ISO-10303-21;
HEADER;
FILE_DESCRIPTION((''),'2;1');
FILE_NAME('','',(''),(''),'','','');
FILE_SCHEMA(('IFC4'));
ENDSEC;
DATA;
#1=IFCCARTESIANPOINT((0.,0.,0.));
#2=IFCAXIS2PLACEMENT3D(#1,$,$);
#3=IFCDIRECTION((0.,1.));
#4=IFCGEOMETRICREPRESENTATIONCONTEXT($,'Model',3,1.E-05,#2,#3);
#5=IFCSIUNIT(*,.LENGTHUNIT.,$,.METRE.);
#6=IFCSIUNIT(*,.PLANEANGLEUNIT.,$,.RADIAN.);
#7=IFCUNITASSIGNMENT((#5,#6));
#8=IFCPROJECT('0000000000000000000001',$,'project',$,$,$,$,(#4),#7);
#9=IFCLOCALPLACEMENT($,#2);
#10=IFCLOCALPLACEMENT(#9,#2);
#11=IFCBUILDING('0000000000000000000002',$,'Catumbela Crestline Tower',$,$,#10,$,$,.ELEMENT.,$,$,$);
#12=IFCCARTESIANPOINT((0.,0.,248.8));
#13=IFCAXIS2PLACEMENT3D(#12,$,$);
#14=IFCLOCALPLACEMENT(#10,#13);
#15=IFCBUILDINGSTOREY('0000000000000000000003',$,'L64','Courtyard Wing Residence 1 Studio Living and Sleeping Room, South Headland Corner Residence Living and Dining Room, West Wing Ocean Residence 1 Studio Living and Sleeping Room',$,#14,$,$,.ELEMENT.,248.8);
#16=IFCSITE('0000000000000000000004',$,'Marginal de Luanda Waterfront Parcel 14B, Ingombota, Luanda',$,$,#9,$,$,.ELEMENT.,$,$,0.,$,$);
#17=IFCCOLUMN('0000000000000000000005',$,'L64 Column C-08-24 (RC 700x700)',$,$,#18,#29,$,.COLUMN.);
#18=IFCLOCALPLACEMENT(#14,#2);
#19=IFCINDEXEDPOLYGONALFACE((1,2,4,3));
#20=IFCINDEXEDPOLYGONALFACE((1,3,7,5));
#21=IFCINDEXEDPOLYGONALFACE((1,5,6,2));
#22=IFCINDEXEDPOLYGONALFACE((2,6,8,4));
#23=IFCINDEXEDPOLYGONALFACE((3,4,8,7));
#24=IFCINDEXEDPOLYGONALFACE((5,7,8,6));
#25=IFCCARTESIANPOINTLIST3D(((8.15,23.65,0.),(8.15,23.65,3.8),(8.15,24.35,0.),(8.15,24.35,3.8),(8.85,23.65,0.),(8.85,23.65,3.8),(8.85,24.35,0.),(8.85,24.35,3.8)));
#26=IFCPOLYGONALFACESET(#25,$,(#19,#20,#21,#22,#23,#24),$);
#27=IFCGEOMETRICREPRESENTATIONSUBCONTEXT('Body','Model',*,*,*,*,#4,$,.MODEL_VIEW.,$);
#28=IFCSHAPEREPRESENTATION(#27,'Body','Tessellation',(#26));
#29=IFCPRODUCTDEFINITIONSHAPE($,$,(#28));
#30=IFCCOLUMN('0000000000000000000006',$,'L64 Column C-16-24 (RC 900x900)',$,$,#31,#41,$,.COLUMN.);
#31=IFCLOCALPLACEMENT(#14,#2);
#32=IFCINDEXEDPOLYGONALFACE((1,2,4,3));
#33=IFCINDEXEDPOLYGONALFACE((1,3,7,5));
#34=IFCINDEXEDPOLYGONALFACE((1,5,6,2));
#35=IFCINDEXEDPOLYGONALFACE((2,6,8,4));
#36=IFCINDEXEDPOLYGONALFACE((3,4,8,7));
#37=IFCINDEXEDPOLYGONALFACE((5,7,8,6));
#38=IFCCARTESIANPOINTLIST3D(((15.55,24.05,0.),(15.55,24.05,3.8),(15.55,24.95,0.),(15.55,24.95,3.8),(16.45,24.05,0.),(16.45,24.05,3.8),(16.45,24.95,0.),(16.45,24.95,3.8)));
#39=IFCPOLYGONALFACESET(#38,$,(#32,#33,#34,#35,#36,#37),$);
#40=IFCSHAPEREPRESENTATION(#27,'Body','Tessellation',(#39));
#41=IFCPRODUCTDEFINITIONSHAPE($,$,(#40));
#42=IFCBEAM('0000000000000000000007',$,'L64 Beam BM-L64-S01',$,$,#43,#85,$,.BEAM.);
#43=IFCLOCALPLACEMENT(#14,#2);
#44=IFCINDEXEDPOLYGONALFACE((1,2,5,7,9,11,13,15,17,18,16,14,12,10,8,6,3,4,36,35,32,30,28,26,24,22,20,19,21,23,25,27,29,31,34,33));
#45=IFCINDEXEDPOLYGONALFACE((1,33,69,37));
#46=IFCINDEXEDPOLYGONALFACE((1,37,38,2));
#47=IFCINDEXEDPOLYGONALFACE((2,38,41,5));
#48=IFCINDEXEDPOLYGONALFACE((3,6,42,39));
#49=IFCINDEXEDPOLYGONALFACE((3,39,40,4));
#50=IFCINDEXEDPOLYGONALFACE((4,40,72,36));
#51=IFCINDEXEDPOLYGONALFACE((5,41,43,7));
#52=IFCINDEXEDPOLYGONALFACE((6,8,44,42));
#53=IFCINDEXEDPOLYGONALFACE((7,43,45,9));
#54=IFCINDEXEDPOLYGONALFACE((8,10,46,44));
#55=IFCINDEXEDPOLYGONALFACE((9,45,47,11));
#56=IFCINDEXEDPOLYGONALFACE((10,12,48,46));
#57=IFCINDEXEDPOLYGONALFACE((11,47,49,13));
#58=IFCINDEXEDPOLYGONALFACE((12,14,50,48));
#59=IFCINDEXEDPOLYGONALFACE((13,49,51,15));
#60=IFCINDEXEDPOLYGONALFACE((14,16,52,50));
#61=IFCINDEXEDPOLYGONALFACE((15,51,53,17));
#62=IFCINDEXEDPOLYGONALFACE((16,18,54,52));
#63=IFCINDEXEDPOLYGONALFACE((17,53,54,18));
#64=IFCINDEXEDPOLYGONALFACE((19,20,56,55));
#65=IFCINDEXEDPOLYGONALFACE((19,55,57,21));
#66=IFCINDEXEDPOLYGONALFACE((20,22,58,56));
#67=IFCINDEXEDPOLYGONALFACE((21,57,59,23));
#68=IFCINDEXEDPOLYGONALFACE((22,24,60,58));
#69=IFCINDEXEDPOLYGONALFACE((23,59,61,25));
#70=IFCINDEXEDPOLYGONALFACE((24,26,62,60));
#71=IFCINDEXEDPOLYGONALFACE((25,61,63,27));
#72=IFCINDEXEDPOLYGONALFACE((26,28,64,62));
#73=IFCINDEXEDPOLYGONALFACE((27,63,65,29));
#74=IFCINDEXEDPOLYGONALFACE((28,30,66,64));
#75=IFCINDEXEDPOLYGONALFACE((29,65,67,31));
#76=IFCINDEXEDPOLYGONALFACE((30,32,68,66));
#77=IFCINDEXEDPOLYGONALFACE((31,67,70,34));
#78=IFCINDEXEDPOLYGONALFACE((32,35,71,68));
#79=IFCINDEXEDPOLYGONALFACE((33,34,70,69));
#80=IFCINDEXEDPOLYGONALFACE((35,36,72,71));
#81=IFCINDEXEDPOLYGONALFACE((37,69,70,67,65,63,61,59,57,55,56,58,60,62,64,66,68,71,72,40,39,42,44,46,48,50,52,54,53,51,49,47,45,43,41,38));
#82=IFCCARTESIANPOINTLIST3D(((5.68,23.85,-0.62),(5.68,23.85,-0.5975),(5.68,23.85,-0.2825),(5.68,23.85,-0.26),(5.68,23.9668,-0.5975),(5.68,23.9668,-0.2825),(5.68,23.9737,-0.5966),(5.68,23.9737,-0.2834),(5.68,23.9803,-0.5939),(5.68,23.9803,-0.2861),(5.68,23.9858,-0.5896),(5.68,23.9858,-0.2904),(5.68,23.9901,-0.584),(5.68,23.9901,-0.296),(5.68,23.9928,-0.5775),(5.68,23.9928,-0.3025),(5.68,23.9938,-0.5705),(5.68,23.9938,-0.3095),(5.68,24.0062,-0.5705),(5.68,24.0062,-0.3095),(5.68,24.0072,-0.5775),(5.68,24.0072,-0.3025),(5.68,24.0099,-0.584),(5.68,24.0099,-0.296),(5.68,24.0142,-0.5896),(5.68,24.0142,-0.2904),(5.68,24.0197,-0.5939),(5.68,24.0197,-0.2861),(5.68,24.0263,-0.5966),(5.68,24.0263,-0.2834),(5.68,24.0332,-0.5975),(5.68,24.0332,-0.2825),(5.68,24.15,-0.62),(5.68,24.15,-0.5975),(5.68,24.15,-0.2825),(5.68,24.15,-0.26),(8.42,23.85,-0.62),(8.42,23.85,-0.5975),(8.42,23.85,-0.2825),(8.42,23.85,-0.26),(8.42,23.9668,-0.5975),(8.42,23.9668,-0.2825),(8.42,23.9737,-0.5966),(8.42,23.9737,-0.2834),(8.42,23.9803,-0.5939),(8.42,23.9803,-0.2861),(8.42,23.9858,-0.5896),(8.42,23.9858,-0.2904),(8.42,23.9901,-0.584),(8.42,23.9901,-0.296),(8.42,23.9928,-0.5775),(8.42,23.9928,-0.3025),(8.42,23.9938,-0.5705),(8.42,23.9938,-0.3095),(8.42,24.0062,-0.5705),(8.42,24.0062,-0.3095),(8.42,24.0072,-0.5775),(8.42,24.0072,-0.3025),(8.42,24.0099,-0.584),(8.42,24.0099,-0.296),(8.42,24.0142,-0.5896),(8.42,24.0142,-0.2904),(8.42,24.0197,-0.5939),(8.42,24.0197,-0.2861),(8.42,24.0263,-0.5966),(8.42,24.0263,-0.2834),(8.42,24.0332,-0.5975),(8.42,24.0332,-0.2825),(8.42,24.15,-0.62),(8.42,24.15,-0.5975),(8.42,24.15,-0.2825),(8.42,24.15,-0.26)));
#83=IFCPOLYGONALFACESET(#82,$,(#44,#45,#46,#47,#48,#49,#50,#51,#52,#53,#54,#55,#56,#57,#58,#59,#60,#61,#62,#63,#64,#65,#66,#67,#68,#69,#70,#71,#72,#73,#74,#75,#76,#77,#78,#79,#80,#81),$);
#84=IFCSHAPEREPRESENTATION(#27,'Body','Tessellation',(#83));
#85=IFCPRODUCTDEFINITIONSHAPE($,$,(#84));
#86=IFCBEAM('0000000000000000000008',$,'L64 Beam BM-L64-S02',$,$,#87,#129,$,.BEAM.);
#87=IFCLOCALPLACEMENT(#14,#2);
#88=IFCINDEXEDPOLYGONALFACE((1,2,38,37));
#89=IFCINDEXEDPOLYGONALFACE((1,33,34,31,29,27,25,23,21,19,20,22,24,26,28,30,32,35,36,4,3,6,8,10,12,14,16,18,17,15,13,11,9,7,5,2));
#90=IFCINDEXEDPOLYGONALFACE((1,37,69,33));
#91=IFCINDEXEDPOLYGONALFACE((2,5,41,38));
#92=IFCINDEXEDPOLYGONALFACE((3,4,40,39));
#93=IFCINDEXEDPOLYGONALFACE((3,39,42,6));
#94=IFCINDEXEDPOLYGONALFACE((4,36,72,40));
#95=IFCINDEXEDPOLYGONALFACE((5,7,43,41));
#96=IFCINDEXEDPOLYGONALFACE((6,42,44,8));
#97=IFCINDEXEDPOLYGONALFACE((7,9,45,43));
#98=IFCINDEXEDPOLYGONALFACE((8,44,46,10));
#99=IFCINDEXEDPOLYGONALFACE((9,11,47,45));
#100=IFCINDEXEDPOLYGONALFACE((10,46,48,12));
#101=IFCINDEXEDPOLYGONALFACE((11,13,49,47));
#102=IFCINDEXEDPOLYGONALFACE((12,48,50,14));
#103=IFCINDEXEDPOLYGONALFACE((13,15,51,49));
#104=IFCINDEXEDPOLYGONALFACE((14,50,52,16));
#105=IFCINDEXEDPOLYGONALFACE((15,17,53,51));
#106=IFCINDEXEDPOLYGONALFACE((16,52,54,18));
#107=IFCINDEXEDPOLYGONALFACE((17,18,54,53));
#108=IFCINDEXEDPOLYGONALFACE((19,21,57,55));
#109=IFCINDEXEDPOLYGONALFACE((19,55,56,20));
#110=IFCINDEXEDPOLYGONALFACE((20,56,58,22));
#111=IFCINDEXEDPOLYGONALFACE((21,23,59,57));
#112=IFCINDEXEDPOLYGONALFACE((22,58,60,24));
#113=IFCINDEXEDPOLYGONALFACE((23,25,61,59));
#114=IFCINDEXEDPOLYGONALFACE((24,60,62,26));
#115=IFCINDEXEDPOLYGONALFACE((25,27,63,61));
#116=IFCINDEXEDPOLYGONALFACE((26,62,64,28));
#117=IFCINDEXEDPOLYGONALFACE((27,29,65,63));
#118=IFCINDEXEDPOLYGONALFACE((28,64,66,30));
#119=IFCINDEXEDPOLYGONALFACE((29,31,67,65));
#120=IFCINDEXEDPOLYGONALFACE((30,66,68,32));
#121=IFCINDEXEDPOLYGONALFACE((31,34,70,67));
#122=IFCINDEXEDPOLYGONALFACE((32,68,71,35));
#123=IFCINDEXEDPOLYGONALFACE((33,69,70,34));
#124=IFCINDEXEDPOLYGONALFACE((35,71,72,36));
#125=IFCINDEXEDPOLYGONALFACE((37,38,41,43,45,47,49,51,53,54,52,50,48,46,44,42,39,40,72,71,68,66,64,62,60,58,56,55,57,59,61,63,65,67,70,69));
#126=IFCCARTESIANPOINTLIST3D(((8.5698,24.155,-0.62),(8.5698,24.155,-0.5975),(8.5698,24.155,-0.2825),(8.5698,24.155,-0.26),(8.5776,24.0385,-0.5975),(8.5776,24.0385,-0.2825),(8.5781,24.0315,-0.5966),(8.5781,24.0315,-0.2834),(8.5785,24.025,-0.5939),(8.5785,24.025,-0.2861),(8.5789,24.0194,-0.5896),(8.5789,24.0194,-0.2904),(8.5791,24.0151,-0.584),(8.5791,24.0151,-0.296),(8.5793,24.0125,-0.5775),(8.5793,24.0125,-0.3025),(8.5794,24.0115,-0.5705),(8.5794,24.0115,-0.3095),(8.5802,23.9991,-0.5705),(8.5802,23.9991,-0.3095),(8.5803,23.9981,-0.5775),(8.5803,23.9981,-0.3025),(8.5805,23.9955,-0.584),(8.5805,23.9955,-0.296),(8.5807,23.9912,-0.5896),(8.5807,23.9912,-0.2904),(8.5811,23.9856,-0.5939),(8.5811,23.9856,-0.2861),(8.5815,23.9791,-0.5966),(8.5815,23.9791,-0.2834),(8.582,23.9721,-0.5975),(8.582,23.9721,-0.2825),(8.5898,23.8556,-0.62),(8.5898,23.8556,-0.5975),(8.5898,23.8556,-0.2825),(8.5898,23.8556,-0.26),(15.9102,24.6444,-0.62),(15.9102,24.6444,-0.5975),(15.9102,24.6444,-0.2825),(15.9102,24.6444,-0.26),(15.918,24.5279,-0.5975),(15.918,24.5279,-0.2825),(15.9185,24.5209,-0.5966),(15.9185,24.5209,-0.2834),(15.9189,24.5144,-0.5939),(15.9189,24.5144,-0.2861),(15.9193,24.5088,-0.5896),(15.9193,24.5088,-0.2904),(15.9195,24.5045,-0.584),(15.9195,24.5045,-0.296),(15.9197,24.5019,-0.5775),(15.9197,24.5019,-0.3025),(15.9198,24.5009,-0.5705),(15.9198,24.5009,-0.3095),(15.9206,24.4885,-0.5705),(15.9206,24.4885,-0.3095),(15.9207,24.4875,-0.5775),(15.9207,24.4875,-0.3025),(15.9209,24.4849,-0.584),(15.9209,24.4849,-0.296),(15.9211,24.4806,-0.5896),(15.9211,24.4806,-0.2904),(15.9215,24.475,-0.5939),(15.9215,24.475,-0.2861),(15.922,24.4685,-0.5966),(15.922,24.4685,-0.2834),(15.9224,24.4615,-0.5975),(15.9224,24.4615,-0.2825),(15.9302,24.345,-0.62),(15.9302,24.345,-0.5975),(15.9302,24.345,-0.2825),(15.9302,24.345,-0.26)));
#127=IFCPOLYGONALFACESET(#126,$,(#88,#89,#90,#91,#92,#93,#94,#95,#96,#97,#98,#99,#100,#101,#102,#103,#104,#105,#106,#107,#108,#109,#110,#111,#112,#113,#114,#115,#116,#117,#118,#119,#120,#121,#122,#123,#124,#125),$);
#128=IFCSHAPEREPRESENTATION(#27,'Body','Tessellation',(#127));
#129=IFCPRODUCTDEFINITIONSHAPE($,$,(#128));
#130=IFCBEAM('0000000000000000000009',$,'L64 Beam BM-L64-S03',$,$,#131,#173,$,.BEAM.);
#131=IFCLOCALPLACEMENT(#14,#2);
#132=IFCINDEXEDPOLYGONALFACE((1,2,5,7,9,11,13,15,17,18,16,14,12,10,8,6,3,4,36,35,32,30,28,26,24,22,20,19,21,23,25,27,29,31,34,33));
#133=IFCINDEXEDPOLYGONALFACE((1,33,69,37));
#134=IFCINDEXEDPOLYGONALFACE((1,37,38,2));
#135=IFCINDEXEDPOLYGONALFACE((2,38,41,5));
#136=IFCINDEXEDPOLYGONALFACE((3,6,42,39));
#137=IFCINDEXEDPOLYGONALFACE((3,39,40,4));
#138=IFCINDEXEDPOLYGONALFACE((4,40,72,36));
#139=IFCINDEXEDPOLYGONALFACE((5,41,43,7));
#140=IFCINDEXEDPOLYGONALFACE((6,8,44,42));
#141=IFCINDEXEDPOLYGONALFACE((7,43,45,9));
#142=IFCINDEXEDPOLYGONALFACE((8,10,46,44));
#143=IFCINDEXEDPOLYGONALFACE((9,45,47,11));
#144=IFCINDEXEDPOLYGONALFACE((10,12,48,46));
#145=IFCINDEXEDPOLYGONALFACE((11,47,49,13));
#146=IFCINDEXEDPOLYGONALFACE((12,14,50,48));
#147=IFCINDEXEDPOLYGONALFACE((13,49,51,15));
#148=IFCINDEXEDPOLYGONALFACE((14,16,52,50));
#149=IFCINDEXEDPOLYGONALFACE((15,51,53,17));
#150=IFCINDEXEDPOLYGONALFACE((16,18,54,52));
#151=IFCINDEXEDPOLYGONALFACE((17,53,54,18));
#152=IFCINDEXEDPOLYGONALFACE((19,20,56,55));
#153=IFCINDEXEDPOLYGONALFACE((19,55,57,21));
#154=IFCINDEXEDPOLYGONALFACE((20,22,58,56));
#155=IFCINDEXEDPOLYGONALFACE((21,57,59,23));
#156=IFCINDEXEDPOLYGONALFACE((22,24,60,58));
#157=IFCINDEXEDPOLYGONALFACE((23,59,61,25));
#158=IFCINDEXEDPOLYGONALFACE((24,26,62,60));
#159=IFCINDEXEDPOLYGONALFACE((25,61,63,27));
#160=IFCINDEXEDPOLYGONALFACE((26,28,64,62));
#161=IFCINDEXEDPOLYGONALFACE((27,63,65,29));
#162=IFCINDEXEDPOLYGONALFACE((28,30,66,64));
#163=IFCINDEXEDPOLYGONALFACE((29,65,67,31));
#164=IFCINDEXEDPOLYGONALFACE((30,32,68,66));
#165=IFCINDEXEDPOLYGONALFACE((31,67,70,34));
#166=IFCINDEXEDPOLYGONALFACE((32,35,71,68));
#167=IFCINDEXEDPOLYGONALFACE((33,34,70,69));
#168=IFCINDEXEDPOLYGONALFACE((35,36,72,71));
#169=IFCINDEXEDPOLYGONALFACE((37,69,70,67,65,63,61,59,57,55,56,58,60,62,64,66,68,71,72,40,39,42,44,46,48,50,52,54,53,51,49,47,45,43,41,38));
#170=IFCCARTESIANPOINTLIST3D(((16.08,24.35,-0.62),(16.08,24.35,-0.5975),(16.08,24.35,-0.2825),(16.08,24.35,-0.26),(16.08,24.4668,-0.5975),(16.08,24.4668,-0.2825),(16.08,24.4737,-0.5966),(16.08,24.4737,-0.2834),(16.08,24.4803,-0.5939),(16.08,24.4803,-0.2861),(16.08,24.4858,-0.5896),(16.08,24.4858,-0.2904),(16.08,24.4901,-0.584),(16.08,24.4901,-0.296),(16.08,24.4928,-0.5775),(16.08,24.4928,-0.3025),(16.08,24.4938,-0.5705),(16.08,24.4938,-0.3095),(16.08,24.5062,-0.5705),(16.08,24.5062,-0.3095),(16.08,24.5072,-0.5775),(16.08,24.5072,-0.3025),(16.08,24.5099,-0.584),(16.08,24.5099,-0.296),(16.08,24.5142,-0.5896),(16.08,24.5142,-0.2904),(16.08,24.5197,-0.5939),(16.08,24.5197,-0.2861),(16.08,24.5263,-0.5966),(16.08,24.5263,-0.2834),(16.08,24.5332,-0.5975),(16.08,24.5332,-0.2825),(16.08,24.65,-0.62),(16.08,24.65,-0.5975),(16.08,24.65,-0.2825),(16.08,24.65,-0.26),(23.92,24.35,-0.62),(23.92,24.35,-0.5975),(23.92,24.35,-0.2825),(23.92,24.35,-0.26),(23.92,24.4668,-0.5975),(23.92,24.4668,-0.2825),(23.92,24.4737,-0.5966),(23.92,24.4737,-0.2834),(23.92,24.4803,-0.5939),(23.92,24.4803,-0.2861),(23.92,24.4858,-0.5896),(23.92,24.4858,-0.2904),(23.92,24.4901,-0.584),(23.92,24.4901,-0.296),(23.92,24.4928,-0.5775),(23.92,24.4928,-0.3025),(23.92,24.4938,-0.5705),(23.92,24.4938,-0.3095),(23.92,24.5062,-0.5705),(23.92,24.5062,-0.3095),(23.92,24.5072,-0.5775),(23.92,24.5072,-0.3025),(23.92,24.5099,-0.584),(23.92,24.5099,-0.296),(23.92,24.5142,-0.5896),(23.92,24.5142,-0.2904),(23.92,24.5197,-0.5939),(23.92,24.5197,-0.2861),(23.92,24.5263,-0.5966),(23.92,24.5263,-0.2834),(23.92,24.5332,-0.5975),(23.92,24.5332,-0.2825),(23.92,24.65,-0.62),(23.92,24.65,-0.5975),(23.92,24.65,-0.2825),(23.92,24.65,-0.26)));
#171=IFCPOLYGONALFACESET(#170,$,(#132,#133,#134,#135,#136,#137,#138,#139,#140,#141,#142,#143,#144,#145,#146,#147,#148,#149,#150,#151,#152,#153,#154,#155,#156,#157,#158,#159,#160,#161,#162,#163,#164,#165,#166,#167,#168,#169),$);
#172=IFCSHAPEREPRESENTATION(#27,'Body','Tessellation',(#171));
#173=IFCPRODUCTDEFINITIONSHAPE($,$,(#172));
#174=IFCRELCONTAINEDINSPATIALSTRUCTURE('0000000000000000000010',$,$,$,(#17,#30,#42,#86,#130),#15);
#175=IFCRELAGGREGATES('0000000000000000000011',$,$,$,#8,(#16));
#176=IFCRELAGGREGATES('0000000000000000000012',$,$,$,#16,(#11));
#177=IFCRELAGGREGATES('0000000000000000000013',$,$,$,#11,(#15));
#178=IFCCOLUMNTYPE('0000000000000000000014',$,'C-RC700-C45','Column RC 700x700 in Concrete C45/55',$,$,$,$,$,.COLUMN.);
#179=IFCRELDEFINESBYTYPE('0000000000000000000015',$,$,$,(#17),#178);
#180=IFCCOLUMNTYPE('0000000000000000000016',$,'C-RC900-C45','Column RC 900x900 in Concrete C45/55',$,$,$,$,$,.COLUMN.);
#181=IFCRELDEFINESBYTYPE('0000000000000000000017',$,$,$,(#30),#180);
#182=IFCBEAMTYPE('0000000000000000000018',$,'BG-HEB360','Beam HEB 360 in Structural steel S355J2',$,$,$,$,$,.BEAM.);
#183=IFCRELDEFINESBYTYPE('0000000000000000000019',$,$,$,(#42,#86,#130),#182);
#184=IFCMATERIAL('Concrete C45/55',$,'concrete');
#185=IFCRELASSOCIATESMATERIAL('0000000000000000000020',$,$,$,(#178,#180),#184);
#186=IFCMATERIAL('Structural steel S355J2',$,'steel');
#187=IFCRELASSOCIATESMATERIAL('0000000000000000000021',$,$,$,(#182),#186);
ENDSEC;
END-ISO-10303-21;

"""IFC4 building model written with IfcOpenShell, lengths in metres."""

from ifc_helpers import new_model, si_unit, direction, frame, origin, origin_2d, place, context, subcontext, project, spatial, rectangle, i_section, extrude, material, material_profile, profile_set, type_object, element, save


model = new_model("IFC4")

# Units and contexts
model_context = context("Model", 3, precision=1e-05, world=origin(), true_north=direction((0.0, 1.0)))
body_context = subcontext(model_context, "Body", "Model", "MODEL_VIEW")
ifc_project = project(units=[si_unit("LENGTHUNIT", "METRE"), si_unit("PLANEANGLEUNIT", "RADIAN")], contexts=[model_context])

# Site, building, storey
site_placement = place(None, origin())
site = spatial("IfcSite", under=ifc_project, at=site_placement, Name="Marginal de Luanda Waterfront Parcel 14B, Ingombota, Luanda", CompositionType="ELEMENT", RefElevation=0.0)
building_placement = place(site_placement, origin())
building = spatial("IfcBuilding", under=site, at=building_placement, Name="Catumbela Crestline Tower", CompositionType="ELEMENT")
storey_placement = place(building_placement, frame((0.0, 0.0, 248.8)))
storey = spatial("IfcBuildingStorey", under=building, at=storey_placement, Name="L64", Description="Courtyard Wing Residence 1 Studio Living and Sleeping Room, South Headland Corner Residence Living and Dining Room, West Wing Ocean Residence 1 Studio Living and Sleeping Room", CompositionType="ELEMENT", Elevation=248.8)

# Columns
ifc_material_1 = material(Name="Concrete C45/55", Category="concrete")
ifc_material_profile_1 = material_profile(ifc_material_1, rectangle(XDim=0.7, YDim=0.7, at=origin_2d()), Name="RC 700x700")
ifc_profile_set_1 = profile_set([ifc_material_profile_1], Name="Concrete C45/55")
column_type_1 = type_object("IfcColumnType", Name="C-RC700-C45", Description="Column RC 700x700 in Concrete C45/55", PredefinedType="COLUMN", material=ifc_profile_set_1)
column_1_placement = place(storey_placement, frame((8.5, 24.0, 0.0), z_axis=(0.0, 0.0, 1.0), x_axis=(1.0, 0.0, 0.0)))
element("IfcColumn", 1, at=column_1_placement, inside=storey, type_object=column_type_1, Name="L64 Column C-08-24 (RC 700x700)", PredefinedType="COLUMN", context=body_context, shape_type="SweptSolid", body=[
    extrude(rectangle(XDim=0.7, YDim=0.7, at=origin_2d()), origin(), (0.0, 0.0, 1.0), 3.8),
])
ifc_material_profile_2 = material_profile(ifc_material_1, rectangle(XDim=0.9, YDim=0.9, at=origin_2d()), Name="RC 900x900")
ifc_profile_set_2 = profile_set([ifc_material_profile_2], Name="Concrete C45/55")
column_type_2 = type_object("IfcColumnType", Name="C-RC900-C45", Description="Column RC 900x900 in Concrete C45/55", PredefinedType="COLUMN", material=ifc_profile_set_2)
column_2_placement = place(storey_placement, frame((16.0, 24.5, 0.0), z_axis=(0.0, 0.0, 1.0), x_axis=(1.0, 0.0, 0.0)))
element("IfcColumn", 2, at=column_2_placement, inside=storey, type_object=column_type_2, Name="L64 Column C-16-24 (RC 900x900)", PredefinedType="COLUMN", context=body_context, shape_type="SweptSolid", body=[
    extrude(rectangle(XDim=0.9, YDim=0.9, at=origin_2d()), origin(), (0.0, 0.0, 1.0), 3.8),
])

# Beams
ifc_material_2 = material(Name="Structural steel S355J2", Category="steel")
ifc_material_profile_3 = material_profile(ifc_material_2, i_section(OverallWidth=0.3, OverallDepth=0.36, WebThickness=0.0125, FlangeThickness=0.0225, FilletRadius=0.027, at=origin_2d()), Name="HEB 360")
ifc_profile_set_3 = profile_set([ifc_material_profile_3], Name="Structural steel S355J2")
beam_type = type_object("IfcBeamType", Name="BG-HEB360", Description="Beam HEB 360 in Structural steel S355J2", PredefinedType="BEAM", material=ifc_profile_set_3)
beam_1_placement = place(storey_placement, frame((5.68, 24.0, -0.44), z_axis=(1.0, 0.0, 0.0), x_axis=(0.0, 1.0, 0.0)))
element("IfcBeam", 3, at=beam_1_placement, inside=storey, type_object=beam_type, Name="L64 Beam BM-L64-S01", PredefinedType="BEAM", context=body_context, shape_type="SweptSolid", body=[
    extrude(i_section(OverallWidth=0.3, OverallDepth=0.36, WebThickness=0.0125, FlangeThickness=0.0225, FilletRadius=0.027, at=origin_2d()), origin(), (0.0, 0.0, 1.0), 2.74),
])
beam_2_placement = place(storey_placement, frame((8.5798, 24.0053, -0.44), z_axis=(0.997785, 0.066524, 0.0), x_axis=(-0.066524, 0.997785, 0.0)))
element("IfcBeam", 4, at=beam_2_placement, inside=storey, type_object=beam_type, Name="L64 Beam BM-L64-S02", PredefinedType="BEAM", context=body_context, shape_type="SweptSolid", body=[
    extrude(i_section(OverallWidth=0.3, OverallDepth=0.36, WebThickness=0.0125, FlangeThickness=0.0225, FilletRadius=0.027, at=origin_2d()), origin(), (0.0, 0.0, 1.0), 7.3567),
])
beam_3_placement = place(storey_placement, frame((16.08, 24.5, -0.44), z_axis=(1.0, 0.0, 0.0), x_axis=(0.0, 1.0, 0.0)))
element("IfcBeam", 5, at=beam_3_placement, inside=storey, type_object=beam_type, Name="L64 Beam BM-L64-S03", PredefinedType="BEAM", context=body_context, shape_type="SweptSolid", body=[
    extrude(i_section(OverallWidth=0.3, OverallDepth=0.36, WebThickness=0.0125, FlangeThickness=0.0225, FilletRadius=0.027, at=origin_2d()), origin(), (0.0, 0.0, 1.0), 7.84),
])

save(model, "model.ifc")
